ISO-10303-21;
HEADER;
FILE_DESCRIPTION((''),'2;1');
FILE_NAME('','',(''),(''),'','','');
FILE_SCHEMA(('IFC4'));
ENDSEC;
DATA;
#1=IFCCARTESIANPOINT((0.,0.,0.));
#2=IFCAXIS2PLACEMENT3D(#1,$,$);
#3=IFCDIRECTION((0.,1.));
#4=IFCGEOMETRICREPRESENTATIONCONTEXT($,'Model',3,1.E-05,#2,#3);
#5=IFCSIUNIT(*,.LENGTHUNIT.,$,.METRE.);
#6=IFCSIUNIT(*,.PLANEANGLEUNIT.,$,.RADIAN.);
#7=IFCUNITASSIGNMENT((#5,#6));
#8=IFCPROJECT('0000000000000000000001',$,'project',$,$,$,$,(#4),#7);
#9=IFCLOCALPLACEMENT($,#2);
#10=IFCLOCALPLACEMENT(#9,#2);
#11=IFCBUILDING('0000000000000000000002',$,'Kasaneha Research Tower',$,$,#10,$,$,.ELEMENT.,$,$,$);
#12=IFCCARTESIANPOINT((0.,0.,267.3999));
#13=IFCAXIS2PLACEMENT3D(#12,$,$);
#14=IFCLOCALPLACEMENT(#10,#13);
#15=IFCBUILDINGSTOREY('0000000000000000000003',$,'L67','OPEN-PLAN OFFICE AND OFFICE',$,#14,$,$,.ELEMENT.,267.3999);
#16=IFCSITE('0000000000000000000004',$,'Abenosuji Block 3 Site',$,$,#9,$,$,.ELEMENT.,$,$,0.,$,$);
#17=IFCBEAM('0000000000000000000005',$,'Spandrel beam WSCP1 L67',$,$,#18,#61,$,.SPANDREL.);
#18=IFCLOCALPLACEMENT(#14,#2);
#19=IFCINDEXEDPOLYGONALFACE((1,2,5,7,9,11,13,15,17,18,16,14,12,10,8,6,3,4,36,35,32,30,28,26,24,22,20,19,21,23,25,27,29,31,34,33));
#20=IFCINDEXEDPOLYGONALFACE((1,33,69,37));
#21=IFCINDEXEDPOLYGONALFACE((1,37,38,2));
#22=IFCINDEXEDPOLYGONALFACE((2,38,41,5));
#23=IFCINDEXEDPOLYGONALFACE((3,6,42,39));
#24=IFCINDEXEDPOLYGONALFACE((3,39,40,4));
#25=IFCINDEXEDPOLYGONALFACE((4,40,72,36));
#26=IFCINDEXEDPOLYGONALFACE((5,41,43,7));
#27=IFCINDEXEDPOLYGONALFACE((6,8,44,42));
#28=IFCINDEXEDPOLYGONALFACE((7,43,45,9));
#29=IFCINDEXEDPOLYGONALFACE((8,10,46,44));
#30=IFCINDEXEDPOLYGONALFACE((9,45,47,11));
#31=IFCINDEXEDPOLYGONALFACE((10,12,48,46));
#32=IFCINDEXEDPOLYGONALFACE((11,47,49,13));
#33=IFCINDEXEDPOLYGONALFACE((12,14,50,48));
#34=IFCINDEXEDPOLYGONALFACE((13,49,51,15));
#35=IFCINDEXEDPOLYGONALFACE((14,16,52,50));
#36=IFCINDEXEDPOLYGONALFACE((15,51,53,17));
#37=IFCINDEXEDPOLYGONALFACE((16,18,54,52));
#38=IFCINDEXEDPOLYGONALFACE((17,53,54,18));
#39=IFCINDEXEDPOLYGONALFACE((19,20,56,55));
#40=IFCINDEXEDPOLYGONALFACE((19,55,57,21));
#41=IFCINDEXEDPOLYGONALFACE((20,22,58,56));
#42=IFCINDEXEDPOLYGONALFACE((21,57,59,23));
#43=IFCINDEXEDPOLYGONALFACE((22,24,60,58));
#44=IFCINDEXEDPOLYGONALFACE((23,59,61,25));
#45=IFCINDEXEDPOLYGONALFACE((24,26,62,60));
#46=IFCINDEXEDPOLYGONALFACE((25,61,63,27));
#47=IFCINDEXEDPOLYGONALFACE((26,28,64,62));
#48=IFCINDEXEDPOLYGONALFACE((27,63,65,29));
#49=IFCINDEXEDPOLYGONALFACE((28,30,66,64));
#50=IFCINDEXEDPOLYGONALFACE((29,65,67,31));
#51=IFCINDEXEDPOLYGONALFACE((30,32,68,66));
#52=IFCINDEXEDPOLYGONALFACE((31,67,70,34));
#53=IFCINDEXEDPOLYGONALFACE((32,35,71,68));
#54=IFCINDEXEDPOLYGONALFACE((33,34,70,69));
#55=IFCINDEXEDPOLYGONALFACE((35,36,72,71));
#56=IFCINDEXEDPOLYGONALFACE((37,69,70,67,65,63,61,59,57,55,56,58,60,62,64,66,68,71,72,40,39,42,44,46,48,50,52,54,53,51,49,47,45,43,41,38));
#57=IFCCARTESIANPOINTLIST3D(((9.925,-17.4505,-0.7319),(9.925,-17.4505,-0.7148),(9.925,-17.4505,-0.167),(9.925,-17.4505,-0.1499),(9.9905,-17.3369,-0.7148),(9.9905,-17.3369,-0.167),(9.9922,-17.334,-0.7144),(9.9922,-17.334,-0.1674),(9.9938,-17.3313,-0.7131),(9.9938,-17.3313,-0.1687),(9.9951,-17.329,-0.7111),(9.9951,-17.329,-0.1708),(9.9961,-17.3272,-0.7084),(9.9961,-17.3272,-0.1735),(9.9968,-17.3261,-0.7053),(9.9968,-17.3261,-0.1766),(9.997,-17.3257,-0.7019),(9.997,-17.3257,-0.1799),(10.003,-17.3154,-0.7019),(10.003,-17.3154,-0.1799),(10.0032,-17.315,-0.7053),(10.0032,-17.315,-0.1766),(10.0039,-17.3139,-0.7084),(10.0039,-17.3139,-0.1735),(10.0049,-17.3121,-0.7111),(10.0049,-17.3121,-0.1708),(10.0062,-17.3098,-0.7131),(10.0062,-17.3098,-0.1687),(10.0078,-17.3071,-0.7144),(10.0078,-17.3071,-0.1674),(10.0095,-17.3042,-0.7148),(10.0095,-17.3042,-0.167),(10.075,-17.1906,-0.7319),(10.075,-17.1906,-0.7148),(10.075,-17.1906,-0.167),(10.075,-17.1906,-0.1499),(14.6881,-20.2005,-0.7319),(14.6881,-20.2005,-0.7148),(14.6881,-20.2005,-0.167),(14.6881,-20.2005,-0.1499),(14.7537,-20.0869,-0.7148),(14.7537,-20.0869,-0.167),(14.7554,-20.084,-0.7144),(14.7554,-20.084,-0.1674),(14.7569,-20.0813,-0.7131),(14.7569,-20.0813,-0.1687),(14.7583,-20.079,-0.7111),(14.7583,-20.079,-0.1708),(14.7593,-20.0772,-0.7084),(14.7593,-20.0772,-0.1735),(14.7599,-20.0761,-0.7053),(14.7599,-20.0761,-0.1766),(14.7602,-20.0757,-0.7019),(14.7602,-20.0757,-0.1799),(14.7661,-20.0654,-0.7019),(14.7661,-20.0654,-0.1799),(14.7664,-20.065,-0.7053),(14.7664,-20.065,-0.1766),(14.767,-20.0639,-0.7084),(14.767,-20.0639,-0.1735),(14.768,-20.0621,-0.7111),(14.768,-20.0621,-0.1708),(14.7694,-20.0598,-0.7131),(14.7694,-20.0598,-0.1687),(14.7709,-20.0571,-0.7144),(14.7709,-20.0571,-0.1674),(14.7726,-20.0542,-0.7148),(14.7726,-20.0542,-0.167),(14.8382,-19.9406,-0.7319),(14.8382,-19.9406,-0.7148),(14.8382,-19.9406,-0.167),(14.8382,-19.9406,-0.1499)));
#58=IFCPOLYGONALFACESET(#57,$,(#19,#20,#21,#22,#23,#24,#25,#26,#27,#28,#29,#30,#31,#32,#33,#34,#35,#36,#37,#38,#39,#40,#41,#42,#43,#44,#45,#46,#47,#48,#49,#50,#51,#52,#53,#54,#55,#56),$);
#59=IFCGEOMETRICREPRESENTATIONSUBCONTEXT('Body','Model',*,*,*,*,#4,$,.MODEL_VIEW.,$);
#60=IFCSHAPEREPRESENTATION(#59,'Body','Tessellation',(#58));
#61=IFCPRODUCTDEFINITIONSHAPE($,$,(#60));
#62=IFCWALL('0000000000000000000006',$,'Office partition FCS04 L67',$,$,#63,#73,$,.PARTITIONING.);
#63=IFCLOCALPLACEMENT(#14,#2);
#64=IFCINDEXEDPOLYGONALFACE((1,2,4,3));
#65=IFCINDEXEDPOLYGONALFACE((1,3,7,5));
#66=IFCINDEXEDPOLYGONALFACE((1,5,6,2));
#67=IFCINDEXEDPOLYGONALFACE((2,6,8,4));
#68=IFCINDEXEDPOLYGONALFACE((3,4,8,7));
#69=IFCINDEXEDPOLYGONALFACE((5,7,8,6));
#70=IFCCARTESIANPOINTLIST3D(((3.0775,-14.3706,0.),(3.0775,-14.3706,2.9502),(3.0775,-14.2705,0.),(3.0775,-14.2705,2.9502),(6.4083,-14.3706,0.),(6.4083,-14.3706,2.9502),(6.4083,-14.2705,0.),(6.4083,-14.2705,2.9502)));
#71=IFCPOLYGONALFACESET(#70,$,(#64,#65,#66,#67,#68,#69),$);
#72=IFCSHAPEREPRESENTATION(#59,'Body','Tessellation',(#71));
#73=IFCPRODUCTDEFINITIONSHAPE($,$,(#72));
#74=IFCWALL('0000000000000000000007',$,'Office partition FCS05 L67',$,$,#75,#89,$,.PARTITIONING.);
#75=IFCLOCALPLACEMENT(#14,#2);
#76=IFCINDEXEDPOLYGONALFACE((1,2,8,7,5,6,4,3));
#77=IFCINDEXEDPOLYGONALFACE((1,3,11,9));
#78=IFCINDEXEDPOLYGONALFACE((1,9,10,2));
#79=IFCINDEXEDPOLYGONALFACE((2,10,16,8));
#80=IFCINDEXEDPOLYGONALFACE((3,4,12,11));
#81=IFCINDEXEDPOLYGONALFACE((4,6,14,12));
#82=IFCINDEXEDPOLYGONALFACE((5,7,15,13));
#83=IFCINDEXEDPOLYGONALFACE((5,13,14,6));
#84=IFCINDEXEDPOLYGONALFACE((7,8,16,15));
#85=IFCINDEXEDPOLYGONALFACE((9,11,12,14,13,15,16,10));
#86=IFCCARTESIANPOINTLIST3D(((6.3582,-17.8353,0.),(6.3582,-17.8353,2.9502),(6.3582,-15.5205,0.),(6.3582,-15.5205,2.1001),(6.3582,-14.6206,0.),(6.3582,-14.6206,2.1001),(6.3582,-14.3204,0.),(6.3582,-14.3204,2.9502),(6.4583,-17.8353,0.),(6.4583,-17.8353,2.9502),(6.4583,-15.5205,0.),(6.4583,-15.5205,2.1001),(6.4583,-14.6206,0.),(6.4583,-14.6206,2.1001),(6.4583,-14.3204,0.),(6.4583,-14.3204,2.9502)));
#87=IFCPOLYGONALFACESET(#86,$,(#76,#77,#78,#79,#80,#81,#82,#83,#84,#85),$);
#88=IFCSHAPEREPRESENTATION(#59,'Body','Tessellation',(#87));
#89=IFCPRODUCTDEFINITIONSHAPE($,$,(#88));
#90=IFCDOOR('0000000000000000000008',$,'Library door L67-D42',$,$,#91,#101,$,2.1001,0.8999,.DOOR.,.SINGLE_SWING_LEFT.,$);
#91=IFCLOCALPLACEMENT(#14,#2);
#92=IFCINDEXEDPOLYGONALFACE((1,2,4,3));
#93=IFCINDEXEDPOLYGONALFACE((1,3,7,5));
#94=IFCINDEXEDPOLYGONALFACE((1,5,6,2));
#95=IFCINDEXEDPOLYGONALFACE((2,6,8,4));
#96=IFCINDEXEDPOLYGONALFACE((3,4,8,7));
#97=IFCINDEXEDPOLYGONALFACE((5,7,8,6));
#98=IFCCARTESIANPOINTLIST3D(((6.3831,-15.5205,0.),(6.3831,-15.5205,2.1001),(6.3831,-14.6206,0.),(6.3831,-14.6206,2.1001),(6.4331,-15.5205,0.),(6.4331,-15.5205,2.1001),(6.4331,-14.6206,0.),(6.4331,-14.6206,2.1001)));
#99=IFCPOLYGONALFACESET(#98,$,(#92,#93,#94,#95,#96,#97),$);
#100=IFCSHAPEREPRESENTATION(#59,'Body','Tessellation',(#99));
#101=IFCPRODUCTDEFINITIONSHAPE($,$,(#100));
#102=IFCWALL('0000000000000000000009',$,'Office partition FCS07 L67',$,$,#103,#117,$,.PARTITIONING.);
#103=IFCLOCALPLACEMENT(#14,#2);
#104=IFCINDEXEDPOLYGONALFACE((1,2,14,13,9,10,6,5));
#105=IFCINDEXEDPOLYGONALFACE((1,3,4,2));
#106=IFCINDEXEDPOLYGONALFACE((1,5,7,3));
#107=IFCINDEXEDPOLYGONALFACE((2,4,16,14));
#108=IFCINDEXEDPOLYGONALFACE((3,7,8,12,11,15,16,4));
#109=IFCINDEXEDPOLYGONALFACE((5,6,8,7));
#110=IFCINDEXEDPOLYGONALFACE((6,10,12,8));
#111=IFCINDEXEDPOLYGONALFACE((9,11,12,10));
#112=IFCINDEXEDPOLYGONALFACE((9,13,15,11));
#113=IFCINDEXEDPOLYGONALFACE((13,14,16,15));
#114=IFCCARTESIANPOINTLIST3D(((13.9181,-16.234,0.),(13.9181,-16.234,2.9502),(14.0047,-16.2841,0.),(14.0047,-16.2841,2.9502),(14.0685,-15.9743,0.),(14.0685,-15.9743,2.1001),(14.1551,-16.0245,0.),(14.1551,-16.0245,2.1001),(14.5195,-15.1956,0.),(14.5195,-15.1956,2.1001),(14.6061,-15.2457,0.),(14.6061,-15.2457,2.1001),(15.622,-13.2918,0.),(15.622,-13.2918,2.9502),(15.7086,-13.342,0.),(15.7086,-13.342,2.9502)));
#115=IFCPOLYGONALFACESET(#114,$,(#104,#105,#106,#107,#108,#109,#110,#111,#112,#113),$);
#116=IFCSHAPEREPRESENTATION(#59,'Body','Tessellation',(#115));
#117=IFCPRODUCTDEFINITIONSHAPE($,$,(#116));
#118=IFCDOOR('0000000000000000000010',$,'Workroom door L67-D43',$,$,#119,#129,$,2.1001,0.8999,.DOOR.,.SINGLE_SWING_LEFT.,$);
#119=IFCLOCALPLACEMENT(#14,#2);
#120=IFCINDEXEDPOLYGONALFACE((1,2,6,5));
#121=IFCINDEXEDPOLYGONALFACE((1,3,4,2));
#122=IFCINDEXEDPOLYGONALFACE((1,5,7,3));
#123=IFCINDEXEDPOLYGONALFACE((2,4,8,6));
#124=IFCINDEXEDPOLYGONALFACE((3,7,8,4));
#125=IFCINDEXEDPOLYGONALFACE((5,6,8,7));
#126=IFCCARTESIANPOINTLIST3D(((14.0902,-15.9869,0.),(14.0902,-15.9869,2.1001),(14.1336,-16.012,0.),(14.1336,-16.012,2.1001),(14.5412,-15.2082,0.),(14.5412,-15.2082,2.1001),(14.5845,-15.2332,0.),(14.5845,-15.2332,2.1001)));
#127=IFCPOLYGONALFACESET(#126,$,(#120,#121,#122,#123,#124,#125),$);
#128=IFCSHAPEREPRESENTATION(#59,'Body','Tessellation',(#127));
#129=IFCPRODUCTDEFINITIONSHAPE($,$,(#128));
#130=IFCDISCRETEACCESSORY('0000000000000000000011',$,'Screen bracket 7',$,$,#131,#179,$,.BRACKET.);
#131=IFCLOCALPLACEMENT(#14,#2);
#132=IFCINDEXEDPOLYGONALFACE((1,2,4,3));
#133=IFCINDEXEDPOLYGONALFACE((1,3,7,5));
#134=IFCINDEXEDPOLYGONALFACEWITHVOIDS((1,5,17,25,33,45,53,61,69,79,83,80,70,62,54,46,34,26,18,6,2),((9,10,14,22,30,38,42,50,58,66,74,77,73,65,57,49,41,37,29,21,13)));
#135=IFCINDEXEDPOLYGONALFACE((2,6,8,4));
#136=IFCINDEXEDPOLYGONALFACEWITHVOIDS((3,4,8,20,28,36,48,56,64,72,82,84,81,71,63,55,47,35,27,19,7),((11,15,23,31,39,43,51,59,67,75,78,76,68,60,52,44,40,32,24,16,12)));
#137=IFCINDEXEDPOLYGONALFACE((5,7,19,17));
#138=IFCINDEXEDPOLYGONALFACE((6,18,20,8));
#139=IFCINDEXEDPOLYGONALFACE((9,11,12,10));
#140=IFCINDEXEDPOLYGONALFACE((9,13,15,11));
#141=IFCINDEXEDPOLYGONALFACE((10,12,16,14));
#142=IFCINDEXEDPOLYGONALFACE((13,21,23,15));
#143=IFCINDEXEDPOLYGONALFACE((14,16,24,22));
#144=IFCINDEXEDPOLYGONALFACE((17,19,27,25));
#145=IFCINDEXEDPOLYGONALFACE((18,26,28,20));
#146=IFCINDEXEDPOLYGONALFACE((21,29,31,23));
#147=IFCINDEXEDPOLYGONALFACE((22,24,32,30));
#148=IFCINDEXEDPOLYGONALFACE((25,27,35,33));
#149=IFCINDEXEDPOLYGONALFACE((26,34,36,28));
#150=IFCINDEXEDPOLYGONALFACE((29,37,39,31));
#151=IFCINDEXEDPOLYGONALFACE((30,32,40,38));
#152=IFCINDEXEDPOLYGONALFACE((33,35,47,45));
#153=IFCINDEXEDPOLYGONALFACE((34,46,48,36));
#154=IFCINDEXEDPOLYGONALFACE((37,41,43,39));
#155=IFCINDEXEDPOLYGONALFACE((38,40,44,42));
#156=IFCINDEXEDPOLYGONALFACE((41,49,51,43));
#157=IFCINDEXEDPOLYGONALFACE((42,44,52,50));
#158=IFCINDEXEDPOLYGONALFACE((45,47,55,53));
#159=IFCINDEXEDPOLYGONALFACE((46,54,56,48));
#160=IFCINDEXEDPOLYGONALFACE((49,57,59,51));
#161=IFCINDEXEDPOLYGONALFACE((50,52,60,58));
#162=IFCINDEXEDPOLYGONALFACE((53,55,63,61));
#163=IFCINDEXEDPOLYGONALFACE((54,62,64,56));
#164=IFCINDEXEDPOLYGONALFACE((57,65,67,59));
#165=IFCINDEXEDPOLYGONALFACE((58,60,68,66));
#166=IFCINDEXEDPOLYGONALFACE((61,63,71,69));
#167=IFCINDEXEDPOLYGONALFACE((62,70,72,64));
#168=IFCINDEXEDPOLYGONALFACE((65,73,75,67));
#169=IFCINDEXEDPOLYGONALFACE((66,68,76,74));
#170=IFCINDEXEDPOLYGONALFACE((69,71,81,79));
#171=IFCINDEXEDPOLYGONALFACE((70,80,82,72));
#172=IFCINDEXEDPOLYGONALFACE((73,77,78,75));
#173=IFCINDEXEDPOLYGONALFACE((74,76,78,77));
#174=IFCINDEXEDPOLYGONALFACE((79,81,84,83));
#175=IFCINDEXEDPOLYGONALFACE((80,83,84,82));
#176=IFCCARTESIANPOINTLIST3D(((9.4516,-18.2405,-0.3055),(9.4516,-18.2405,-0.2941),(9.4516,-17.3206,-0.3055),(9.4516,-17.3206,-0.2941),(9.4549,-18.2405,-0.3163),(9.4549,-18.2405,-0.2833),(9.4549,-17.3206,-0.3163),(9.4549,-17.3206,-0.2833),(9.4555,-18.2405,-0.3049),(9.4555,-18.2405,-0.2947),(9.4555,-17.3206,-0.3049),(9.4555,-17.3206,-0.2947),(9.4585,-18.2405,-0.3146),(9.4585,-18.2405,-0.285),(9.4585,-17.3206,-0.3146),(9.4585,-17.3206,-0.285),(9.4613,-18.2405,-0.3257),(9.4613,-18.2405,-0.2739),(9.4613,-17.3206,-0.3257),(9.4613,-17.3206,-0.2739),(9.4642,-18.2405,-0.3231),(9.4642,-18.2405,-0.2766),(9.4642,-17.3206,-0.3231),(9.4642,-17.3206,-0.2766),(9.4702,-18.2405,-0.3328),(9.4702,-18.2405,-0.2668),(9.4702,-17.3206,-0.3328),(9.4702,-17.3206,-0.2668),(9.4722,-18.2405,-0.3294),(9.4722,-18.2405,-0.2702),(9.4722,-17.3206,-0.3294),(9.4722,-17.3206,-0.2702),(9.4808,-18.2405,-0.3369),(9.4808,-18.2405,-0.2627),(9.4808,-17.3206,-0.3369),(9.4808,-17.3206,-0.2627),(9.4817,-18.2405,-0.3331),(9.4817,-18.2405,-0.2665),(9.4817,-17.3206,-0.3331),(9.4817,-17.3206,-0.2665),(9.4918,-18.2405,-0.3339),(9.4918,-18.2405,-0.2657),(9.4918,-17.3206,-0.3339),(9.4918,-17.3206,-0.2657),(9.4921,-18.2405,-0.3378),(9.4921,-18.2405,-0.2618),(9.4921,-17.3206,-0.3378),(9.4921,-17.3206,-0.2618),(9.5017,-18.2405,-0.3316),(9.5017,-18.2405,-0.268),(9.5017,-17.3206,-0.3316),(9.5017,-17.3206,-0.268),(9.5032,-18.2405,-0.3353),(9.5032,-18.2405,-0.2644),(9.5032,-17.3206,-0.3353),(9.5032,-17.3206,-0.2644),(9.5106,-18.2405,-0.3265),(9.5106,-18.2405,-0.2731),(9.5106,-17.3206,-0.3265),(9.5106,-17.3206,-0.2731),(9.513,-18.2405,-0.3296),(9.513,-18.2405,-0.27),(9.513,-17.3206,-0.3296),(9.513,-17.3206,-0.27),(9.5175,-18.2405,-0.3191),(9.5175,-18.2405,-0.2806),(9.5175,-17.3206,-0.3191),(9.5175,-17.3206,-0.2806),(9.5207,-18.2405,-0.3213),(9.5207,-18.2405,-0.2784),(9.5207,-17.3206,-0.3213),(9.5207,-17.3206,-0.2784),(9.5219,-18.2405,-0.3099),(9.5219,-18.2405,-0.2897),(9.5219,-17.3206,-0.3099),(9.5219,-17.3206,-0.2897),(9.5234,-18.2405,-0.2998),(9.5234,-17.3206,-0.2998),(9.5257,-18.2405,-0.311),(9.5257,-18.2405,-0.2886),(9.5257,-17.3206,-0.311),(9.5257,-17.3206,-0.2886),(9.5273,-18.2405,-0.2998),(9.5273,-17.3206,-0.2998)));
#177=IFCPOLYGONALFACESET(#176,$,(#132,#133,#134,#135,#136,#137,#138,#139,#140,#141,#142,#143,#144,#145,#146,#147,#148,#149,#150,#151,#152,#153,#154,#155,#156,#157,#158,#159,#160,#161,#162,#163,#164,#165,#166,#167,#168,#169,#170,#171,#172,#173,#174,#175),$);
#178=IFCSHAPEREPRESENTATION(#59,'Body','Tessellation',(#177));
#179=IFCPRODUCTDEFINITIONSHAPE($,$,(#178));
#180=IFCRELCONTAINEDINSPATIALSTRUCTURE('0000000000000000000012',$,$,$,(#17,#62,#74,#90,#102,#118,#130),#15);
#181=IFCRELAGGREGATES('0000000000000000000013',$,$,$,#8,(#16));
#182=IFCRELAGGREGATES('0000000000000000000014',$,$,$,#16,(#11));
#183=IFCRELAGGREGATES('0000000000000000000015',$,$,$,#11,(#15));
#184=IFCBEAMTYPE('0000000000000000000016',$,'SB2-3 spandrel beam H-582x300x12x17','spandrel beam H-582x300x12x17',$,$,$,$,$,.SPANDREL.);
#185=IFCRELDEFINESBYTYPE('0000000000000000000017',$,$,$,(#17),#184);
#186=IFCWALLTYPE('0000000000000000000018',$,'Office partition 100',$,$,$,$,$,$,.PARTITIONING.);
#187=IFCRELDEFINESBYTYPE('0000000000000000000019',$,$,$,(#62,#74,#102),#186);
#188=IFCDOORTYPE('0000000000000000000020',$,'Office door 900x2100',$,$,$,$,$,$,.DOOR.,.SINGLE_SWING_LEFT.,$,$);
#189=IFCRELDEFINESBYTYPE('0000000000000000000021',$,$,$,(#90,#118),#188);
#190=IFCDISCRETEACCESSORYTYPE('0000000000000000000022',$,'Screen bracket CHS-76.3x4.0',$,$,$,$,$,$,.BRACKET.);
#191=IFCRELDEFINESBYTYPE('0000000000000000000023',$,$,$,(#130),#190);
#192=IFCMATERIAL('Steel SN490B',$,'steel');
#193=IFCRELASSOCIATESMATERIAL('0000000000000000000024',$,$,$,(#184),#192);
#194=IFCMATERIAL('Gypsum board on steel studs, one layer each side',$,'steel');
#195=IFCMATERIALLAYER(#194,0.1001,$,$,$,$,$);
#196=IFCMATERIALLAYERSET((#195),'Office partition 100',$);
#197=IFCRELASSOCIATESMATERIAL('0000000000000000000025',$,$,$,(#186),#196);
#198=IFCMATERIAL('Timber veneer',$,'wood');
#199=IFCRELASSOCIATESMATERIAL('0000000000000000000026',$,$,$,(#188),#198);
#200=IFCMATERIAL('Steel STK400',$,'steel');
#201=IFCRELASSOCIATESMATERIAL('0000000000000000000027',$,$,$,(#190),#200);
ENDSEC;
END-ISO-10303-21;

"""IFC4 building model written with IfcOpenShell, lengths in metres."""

from ifc_helpers import new_model, si_unit, direction, frame, frame_2d, origin, origin_2d, place, context, subcontext, project, spatial, rectangle, hollow_circle, i_section, extrude, material, layer, layer_set, material_profile, profile_set, type_object, element, fill, save


model = new_model("IFC4")

# Units and contexts
model_context = context("Model", 3, precision=1e-05, world=origin(), true_north=direction((0.0, 1.0)))
body_context = subcontext(model_context, "Body", "Model", "MODEL_VIEW")
ifc_project = project(units=[si_unit("LENGTHUNIT", "METRE"), si_unit("PLANEANGLEUNIT", "RADIAN")], contexts=[model_context])

# Site, building, storey
site_placement = place(None, origin())
site = spatial("IfcSite", under=ifc_project, at=site_placement, Name="Abenosuji Block 3 Site", CompositionType="ELEMENT", RefElevation=0.0)
building_placement = place(site_placement, origin())
building = spatial("IfcBuilding", under=site, at=building_placement, Name="Kasaneha Research Tower", CompositionType="ELEMENT")
storey_placement = place(building_placement, frame((0.0, 0.0, 267.3999)))
storey = spatial("IfcBuildingStorey", under=building, at=storey_placement, Name="L67", Description="OPEN-PLAN OFFICE AND OFFICE", CompositionType="ELEMENT", Elevation=267.3999)

# Beam
ifc_material_1 = material(Name="Steel SN490B", Category="steel")
ifc_material_profile_1 = material_profile(ifc_material_1, i_section(OverallWidth=0.3, OverallDepth=0.582, WebThickness=0.012, FlangeThickness=0.0171, FilletRadius=0.0129, at=origin_2d()), Name="H-582x300x12x17")
ifc_profile_set_1 = profile_set([ifc_material_profile_1], Name="Steel SN490B")
beam_type_1 = type_object("IfcBeamType", Name="SB2-3 spandrel beam H-582x300x12x17", Description="spandrel beam H-582x300x12x17", PredefinedType="SPANDREL", material=ifc_profile_set_1)
beam_1_placement = place(storey_placement, frame((10.0, -17.3206, -0.4409), z_axis=(0.866027, -0.499997, 0.0), x_axis=(0.499997, 0.866027, 0.0)))
element("IfcBeam", 1, at=beam_1_placement, inside=storey, type_object=beam_type_1, Name="Spandrel beam WSCP1 L67", PredefinedType="SPANDREL", context=body_context, shape_type="SweptSolid", body=[
    extrude(i_section(OverallWidth=0.3, OverallDepth=0.582, WebThickness=0.012, FlangeThickness=0.0171, FilletRadius=0.0129, at=origin_2d()), origin(), (0.0, 0.0, 1.0), 5.5),
])

# Wall
ifc_material_2 = material(Name="Gypsum board on steel studs, one layer each side", Category="steel")
ifc_layer = layer(ifc_material_2, 0.1001)
ifc_layer_set = layer_set([ifc_layer], Name="Office partition 100")
wall_type = type_object("IfcWallType", Name="Office partition 100", PredefinedType="PARTITIONING", material=ifc_layer_set)
wall_1_placement = place(storey_placement, frame((3.0774, -14.3206, 0.0), z_axis=(0.0, 0.0, 1.0), x_axis=(1.0, 0.0, 0.0)))
element("IfcWall", 2, at=wall_1_placement, inside=storey, type_object=wall_type, Name="Office partition FCS04 L67", PredefinedType="PARTITIONING", context=body_context, shape_type="SweptSolid", body=[
    extrude(rectangle(XDim=3.3308, YDim=0.1001, at=frame_2d((1.6655, 0.0))), origin(), (0.0, 0.0, 1.0), 2.9502),
])

# Walls, openings, doors
wall_2_placement = place(storey_placement, frame((6.4082, -14.3206, 0.0), z_axis=(0.0, 0.0, 1.0), x_axis=(0.0, -1.0, 0.0)))
wall_2 = element("IfcWall", 3, at=wall_2_placement, inside=storey, type_object=wall_type, Name="Office partition FCS05 L67", PredefinedType="PARTITIONING", context=body_context, shape_type="SweptSolid", body=[
    extrude(rectangle(XDim=3.5149, YDim=0.1001, at=frame_2d((1.7573, 0.0))), origin(), (0.0, 0.0, 1.0), 2.9502),
])
opening_1_placement = place(wall_2_placement, frame((0.3, 0.0, 0.0)))
opening_1 = element("IfcOpeningElement", 4, at=opening_1_placement, cuts=wall_2, PredefinedType="OPENING", context=body_context, shape_type="SweptSolid", body=[
    extrude(rectangle(XDim=0.8999, YDim=2.1001, at=frame_2d((0.45, 1.05))), frame((0.0, 0.0601, 0.0), z_axis=(0.0, -1.0, 0.0), x_axis=(1.0, 0.0, 0.0)), (0.0, 0.0, 1.0), 0.1201),
])
ifc_material_3 = material(Name="Timber veneer", Category="wood")
door_type = type_object("IfcDoorType", Name="Office door 900x2100", OperationType="SINGLE_SWING_LEFT", PredefinedType="DOOR", material=ifc_material_3)
door_1_placement = place(opening_1_placement, origin())
door_1 = element("IfcDoor", 5, at=door_1_placement, inside=storey, type_object=door_type, Name="Library door L67-D42", OperationType="SINGLE_SWING_LEFT", OverallHeight=2.1001, OverallWidth=0.8999, PredefinedType="DOOR", context=body_context, shape_type="SweptSolid", body=[
    extrude(rectangle(XDim=0.8999, YDim=2.1001, at=frame_2d((0.45, 1.05))), frame((0.0, 0.0249, 0.0), z_axis=(0.0, -1.0, 0.0), x_axis=(1.0, 0.0, 0.0)), (0.0, 0.0, 1.0), 0.05),
])
fill(opening_1, door_1)
wall_3_placement = place(storey_placement, frame((13.9614, -16.259, 0.0), z_axis=(0.0, 0.0, 1.0), x_axis=(0.501149, 0.865361, 0.0)))
wall_3 = element("IfcWall", 6, at=wall_3_placement, inside=storey, type_object=wall_type, Name="Office partition FCS07 L67", PredefinedType="PARTITIONING", context=body_context, shape_type="SweptSolid", body=[
    extrude(rectangle(XDim=3.3999, YDim=0.1001, at=frame_2d((1.7, 0.0))), origin(), (0.0, 0.0, 1.0), 2.9502),
])
opening_2_placement = place(wall_3_placement, frame((0.3, 0.0, 0.0)))
opening_2 = element("IfcOpeningElement", 7, at=opening_2_placement, cuts=wall_3, PredefinedType="OPENING", context=body_context, shape_type="SweptSolid", body=[
    extrude(rectangle(XDim=0.8999, YDim=2.1001, at=frame_2d((0.45, 1.05))), frame((0.0, 0.0601, 0.0), z_axis=(0.0, -1.0, 0.0), x_axis=(1.0, 0.0, 0.0)), (0.0, 0.0, 1.0), 0.1201),
])
door_2_placement = place(opening_2_placement, origin())
door_2 = element("IfcDoor", 8, at=door_2_placement, inside=storey, type_object=door_type, Name="Workroom door L67-D43", OperationType="SINGLE_SWING_LEFT", OverallHeight=2.1001, OverallWidth=0.8999, PredefinedType="DOOR", context=body_context, shape_type="SweptSolid", body=[
    extrude(rectangle(XDim=0.8999, YDim=2.1001, at=frame_2d((0.45, 1.05))), frame((0.0, 0.0249, 0.0), z_axis=(0.0, -1.0, 0.0), x_axis=(1.0, 0.0, 0.0)), (0.0, 0.0, 1.0), 0.05),
])
fill(opening_2, door_2)

# Discrete accessory
ifc_material_4 = material(Name="Steel STK400", Category="steel")
ifc_material_profile_2 = material_profile(ifc_material_4, hollow_circle(Radius=0.0381, WallThickness=0.0039, at=origin_2d()), Name="CHS-76.3x4.0")
ifc_profile_set_2 = profile_set([ifc_material_profile_2], Name="Steel STK400")
discrete_accessory_type = type_object("IfcDiscreteAccessoryType", Name="Screen bracket CHS-76.3x4.0", PredefinedType="BRACKET", material=ifc_profile_set_2)
discrete_accessory_placement = place(storey_placement, frame((9.4893, -17.3206, -0.2998), z_axis=(0.0, -1.0, 0.0), x_axis=(1.0, 0.0, 0.0)))
element("IfcDiscreteAccessory", 9, at=discrete_accessory_placement, inside=storey, type_object=discrete_accessory_type, Name="Screen bracket 7", PredefinedType="BRACKET", context=body_context, shape_type="SweptSolid", body=[
    extrude(hollow_circle(Radius=0.0381, WallThickness=0.0039, at=origin_2d()), origin(), (0.0, 0.0, 1.0), 0.9199),
])

save(model, "model.ifc")
